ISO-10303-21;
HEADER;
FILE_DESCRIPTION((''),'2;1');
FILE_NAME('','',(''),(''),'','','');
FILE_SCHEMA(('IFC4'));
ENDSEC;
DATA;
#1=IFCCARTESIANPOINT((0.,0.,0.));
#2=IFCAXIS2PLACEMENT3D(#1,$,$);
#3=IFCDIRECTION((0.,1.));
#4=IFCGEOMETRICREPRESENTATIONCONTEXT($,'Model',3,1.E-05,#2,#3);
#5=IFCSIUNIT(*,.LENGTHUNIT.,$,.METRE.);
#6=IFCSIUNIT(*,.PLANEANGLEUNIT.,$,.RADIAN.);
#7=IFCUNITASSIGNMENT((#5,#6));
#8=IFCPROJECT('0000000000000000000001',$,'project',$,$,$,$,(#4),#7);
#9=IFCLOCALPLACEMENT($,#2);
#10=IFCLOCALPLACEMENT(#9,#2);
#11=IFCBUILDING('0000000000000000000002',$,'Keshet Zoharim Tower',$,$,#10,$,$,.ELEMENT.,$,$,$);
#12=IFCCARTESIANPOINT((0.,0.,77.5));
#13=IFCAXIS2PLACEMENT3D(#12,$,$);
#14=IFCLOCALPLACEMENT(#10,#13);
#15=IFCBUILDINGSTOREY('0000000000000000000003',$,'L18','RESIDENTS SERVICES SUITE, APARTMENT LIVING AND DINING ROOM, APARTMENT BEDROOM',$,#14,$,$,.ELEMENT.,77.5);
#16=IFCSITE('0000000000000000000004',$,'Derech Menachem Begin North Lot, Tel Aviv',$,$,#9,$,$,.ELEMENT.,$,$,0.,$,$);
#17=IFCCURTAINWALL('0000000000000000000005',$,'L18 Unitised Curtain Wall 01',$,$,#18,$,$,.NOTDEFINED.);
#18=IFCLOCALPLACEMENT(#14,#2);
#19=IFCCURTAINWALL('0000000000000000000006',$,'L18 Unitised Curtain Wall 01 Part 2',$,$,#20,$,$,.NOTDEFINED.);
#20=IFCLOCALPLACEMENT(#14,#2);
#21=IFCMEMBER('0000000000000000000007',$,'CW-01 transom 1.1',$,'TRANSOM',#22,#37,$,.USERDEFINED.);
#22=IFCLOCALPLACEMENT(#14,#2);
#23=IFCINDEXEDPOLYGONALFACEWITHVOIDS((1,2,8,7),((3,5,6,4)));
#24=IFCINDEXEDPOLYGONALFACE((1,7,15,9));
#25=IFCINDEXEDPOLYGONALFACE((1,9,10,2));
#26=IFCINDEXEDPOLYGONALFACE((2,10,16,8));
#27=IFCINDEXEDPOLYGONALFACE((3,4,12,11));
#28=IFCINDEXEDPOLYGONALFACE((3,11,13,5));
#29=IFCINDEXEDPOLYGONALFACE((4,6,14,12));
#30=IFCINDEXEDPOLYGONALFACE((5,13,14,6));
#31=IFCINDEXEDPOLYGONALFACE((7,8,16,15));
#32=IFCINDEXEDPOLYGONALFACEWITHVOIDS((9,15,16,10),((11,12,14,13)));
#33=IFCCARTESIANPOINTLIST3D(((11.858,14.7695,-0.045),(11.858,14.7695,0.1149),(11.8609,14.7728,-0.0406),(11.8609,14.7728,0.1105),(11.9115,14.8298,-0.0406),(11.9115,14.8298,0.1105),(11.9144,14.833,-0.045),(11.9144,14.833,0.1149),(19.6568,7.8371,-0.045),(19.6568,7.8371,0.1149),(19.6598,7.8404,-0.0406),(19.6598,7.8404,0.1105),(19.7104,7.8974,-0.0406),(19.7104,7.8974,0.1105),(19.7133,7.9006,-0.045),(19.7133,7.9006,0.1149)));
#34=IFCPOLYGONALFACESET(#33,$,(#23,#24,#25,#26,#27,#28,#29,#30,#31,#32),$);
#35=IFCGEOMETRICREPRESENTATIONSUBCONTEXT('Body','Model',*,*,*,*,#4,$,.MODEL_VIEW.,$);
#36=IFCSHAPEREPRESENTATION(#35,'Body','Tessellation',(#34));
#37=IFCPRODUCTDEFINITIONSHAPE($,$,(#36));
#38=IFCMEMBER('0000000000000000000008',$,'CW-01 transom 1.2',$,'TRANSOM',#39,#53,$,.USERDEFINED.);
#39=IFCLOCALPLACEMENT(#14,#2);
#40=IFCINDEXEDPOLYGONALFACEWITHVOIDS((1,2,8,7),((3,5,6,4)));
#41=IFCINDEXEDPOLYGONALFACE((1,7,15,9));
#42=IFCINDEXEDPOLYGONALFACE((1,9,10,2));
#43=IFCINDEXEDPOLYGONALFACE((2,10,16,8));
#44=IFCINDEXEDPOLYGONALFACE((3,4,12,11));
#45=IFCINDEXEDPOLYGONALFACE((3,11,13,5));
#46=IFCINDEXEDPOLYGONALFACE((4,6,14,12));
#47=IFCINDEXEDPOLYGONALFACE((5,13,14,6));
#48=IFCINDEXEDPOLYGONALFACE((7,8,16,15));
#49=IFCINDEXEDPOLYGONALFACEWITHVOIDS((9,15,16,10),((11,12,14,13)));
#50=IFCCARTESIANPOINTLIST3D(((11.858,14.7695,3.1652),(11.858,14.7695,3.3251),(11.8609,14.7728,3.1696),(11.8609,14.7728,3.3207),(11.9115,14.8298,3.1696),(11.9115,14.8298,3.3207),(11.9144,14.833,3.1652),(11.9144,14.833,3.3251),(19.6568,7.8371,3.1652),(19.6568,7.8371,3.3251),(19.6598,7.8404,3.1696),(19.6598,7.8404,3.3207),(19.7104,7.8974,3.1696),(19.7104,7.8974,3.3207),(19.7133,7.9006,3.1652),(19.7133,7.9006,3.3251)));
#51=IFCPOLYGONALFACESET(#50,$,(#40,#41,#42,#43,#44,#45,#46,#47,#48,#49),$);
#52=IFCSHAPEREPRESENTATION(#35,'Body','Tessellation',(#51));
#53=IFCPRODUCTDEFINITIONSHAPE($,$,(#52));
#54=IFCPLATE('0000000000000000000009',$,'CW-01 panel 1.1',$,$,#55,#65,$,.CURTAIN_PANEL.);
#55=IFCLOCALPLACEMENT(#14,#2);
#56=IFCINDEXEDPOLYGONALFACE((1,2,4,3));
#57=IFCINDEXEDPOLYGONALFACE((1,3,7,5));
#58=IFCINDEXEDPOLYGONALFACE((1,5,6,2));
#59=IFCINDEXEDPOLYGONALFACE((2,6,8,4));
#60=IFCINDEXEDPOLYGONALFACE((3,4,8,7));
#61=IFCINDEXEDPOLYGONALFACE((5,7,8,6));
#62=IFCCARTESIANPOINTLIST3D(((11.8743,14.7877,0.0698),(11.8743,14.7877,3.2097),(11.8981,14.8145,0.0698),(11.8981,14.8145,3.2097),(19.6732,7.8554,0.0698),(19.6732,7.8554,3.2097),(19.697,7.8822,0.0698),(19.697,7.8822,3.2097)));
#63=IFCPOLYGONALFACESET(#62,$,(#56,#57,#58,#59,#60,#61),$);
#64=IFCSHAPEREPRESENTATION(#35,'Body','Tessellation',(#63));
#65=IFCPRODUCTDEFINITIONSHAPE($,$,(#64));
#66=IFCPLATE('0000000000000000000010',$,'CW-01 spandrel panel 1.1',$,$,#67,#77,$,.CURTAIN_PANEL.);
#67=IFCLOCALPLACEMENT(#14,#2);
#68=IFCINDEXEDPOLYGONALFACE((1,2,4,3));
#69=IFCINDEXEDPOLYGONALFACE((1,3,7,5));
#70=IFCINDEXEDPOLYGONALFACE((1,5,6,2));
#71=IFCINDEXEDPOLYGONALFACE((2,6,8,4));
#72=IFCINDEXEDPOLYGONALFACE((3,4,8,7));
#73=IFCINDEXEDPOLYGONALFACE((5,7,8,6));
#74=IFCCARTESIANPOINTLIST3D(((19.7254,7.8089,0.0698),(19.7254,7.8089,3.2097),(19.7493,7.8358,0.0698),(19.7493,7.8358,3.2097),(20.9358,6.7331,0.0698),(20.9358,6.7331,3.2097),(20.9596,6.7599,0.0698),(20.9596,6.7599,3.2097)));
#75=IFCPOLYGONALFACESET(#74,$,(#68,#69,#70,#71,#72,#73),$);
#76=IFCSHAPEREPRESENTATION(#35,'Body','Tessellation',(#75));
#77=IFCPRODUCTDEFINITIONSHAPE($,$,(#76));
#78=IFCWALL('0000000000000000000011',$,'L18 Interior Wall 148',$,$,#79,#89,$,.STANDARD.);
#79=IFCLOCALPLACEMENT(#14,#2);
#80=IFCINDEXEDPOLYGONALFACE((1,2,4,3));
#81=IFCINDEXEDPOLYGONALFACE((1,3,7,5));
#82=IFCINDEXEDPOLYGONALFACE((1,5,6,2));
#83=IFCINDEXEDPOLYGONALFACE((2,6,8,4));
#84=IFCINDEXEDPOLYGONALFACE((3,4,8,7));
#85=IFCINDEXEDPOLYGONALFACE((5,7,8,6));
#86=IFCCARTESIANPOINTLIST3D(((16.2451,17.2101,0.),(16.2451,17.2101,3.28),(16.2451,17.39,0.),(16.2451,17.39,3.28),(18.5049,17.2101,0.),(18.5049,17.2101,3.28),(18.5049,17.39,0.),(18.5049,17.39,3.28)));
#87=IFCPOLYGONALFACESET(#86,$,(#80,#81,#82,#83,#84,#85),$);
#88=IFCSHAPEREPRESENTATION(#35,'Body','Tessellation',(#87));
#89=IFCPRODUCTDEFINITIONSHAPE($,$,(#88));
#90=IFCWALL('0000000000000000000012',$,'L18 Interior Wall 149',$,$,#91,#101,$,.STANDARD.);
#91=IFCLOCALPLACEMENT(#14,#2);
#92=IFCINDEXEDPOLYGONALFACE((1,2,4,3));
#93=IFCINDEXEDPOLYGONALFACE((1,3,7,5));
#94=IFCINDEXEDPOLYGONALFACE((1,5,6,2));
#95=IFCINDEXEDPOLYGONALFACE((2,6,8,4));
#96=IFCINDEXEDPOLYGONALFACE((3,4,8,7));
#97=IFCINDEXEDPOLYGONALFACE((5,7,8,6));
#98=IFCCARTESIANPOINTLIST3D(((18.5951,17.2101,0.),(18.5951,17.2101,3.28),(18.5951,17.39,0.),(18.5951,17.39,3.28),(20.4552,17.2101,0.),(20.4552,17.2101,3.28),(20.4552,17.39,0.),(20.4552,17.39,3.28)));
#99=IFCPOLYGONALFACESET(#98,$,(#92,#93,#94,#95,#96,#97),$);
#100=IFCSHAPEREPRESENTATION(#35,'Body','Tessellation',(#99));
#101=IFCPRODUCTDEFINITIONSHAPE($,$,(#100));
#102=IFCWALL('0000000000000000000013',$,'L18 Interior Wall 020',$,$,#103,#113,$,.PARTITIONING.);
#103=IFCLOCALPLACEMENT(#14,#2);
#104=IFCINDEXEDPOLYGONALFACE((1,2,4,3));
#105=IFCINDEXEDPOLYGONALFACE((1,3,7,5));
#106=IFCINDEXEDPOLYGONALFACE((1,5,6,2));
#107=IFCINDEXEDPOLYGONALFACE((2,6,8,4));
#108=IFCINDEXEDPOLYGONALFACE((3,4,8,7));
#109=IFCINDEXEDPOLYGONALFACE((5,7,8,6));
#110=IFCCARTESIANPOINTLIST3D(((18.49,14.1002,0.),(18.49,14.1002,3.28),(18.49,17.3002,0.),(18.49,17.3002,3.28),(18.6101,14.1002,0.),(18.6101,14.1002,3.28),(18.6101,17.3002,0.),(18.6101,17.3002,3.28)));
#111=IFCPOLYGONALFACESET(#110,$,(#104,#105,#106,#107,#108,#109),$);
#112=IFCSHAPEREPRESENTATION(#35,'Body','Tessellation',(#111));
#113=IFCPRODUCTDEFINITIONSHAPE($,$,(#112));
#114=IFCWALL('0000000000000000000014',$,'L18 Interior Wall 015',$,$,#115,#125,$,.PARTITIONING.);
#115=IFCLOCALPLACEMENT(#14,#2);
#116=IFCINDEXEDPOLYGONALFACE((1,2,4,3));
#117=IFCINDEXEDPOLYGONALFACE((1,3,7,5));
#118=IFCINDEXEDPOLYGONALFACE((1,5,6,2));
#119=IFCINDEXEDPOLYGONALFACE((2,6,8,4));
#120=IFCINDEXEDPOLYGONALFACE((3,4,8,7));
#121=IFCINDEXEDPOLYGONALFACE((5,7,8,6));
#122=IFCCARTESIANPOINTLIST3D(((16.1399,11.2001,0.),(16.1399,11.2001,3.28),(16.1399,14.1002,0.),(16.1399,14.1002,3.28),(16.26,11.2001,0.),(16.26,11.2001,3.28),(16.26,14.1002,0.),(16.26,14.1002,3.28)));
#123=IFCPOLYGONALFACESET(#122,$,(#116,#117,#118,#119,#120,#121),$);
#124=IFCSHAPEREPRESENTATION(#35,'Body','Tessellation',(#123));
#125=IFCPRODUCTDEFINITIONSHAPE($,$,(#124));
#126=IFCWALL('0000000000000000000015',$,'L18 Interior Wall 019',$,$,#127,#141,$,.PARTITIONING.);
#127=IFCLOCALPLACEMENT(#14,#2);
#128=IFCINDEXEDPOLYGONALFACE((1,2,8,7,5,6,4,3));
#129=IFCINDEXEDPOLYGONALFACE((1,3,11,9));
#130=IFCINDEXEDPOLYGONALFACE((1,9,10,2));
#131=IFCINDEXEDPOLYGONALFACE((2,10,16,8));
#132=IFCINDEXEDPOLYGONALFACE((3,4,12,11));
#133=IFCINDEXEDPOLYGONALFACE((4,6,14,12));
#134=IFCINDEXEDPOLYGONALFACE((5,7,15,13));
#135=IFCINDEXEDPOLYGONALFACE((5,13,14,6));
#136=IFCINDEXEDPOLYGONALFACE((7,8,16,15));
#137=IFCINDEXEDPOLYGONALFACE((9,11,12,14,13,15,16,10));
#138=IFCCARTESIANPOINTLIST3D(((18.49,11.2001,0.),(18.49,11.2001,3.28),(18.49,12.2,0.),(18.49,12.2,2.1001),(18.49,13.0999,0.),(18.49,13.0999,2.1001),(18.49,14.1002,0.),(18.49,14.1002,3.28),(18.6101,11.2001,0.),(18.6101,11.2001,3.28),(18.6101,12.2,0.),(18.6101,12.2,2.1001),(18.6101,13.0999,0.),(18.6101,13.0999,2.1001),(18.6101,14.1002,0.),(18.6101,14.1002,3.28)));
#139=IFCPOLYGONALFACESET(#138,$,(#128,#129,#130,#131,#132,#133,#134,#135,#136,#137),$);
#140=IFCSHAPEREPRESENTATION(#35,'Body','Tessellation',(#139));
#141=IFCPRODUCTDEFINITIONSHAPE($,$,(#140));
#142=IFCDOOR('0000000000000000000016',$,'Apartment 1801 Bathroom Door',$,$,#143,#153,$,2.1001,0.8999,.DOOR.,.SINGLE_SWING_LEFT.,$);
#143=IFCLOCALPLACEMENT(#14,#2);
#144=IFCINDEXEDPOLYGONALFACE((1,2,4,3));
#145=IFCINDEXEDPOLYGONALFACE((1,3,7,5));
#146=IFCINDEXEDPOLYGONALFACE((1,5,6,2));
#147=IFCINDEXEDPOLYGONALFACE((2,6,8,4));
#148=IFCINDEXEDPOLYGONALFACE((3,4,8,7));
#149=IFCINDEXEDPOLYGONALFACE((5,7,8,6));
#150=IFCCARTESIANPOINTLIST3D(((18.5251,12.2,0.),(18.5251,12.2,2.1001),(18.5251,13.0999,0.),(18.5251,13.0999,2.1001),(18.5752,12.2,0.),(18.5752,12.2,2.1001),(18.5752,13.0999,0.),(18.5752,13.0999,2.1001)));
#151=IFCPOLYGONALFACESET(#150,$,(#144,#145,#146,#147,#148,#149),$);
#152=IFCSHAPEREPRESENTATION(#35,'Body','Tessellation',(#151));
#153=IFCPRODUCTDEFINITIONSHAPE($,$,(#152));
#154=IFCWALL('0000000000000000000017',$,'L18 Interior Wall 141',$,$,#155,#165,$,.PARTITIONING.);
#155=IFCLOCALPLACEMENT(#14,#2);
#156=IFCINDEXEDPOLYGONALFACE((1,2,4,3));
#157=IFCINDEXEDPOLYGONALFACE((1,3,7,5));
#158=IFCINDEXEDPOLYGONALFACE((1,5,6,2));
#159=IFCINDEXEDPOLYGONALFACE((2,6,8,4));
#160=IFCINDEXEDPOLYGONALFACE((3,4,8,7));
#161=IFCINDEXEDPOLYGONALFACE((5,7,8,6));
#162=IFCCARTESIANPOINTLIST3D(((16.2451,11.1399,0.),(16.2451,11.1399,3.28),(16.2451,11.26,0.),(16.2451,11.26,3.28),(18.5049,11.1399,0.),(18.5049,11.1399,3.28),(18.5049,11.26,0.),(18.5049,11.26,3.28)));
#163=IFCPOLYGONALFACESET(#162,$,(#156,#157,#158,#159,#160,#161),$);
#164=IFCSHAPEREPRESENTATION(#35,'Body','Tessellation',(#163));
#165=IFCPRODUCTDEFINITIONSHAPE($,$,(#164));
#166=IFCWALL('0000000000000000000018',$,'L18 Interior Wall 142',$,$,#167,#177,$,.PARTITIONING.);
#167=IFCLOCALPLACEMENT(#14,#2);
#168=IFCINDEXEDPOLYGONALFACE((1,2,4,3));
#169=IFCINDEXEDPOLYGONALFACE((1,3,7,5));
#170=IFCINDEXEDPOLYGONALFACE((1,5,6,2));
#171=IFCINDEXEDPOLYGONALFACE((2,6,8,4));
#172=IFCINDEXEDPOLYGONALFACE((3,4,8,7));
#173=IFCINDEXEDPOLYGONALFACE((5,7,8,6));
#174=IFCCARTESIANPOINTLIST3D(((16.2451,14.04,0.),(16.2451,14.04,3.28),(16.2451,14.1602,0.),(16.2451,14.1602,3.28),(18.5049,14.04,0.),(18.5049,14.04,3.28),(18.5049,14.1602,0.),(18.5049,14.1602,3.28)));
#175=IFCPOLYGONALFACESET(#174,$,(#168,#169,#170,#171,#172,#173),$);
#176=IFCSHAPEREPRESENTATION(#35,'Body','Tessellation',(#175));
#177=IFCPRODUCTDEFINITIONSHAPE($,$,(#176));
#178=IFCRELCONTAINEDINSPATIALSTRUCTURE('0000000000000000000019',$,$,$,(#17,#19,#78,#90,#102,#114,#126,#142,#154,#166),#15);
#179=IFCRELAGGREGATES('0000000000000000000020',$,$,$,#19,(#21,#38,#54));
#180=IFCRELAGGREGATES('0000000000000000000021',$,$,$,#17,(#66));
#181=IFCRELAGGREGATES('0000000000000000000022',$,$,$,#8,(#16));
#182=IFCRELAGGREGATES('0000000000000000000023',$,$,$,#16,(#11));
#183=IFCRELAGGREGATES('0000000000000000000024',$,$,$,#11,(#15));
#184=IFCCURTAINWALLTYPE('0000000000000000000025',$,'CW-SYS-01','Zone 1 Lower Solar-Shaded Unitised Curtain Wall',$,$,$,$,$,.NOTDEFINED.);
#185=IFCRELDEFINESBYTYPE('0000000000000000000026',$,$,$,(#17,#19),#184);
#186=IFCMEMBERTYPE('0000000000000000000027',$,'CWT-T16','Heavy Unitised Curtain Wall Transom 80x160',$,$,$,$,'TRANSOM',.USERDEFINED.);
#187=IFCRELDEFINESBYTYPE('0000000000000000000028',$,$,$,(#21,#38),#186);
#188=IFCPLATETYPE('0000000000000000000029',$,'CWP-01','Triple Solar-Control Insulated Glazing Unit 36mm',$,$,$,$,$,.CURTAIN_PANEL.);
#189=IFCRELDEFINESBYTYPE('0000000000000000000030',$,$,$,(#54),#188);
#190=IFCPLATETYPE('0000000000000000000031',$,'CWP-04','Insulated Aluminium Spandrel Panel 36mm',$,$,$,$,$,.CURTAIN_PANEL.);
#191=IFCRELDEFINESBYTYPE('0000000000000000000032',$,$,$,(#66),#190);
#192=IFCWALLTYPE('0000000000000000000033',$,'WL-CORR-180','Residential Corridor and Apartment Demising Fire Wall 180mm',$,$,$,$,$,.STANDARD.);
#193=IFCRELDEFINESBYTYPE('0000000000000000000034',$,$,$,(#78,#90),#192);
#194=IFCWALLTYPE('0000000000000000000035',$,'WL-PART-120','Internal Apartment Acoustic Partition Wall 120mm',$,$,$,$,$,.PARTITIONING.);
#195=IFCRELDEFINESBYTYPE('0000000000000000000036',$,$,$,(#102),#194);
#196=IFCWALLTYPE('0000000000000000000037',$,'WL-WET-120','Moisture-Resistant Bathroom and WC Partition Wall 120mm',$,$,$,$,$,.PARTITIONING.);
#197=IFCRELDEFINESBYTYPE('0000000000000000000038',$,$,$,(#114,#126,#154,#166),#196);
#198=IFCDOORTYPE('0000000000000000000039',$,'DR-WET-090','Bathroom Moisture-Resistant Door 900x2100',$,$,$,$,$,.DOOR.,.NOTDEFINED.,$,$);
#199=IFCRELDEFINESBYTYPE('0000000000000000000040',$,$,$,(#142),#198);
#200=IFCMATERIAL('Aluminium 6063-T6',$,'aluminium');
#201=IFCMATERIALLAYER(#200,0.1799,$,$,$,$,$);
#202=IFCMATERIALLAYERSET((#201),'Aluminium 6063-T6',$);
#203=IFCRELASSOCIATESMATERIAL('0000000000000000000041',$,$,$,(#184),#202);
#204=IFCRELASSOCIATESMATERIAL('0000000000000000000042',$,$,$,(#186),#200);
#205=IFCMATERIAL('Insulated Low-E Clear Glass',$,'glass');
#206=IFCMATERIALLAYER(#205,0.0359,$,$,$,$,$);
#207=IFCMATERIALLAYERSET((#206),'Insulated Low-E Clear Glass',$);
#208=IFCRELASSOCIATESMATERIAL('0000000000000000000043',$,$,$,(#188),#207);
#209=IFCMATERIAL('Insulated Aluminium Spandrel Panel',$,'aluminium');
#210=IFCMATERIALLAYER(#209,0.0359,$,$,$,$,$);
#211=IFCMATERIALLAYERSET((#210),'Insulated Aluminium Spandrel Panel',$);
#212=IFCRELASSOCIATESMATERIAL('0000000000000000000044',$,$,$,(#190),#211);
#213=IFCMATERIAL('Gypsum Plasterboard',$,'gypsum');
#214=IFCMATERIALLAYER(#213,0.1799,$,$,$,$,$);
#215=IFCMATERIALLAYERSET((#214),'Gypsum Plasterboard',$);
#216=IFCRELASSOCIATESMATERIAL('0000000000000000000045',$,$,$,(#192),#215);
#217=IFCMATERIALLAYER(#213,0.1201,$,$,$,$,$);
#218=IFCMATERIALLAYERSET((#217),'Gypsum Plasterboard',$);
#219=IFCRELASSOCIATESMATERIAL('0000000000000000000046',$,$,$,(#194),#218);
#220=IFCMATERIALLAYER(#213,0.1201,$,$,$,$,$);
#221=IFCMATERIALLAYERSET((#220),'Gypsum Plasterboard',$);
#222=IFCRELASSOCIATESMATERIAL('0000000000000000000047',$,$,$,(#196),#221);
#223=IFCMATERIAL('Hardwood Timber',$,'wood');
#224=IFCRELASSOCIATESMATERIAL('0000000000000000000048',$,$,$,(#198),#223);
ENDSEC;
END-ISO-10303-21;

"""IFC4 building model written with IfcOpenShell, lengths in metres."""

from ifc_helpers import new_model, si_unit, direction, frame, frame_2d, origin, origin_2d, place, context, subcontext, project, spatial, rectangle, hollow_rectangle, extrude, material, layer, layer_set, material_profile, profile_set, type_object, element, fill, aggregate, save


model = new_model("IFC4")

# Units and contexts
model_context = context("Model", 3, precision=1e-05, world=origin(), true_north=direction((0.0, 1.0)))
body_context = subcontext(model_context, "Body", "Model", "MODEL_VIEW")
ifc_project = project(units=[si_unit("LENGTHUNIT", "METRE"), si_unit("PLANEANGLEUNIT", "RADIAN")], contexts=[model_context])

# Site, building, storey
site_placement = place(None, origin())
site = spatial("IfcSite", under=ifc_project, at=site_placement, Name="Derech Menachem Begin North Lot, Tel Aviv", CompositionType="ELEMENT", RefElevation=0.0)
building_placement = place(site_placement, origin())
building = spatial("IfcBuilding", under=site, at=building_placement, Name="Keshet Zoharim Tower", CompositionType="ELEMENT")
storey_placement = place(building_placement, frame((0.0, 0.0, 77.5)))
storey = spatial("IfcBuildingStorey", under=building, at=storey_placement, Name="L18", Description="RESIDENTS SERVICES SUITE, APARTMENT LIVING AND DINING ROOM, APARTMENT BEDROOM", CompositionType="ELEMENT", Elevation=77.5)

# Curtain wall
ifc_material_1 = material(Name="Aluminium 6063-T6", Category="aluminium")
ifc_layer_1 = layer(ifc_material_1, 0.1799)
ifc_layer_set_1 = layer_set([ifc_layer_1], Name="Aluminium 6063-T6")
curtain_wall_type = type_object("IfcCurtainWallType", Name="CW-SYS-01", Description="Zone 1 Lower Solar-Shaded Unitised Curtain Wall", PredefinedType="NOTDEFINED", material=ifc_layer_set_1)
curtain_wall_1_placement = place(storey_placement, origin())
curtain_wall_1 = element("IfcCurtainWall", 1, at=curtain_wall_1_placement, inside=storey, type_object=curtain_wall_type, Name="L18 Unitised Curtain Wall 01", PredefinedType="NOTDEFINED")

# Curtain wall, members, plate
curtain_wall_2_placement = place(storey_placement, origin())
curtain_wall_2 = element("IfcCurtainWall", 2, at=curtain_wall_2_placement, inside=storey, type_object=curtain_wall_type, Name="L18 Unitised Curtain Wall 01 Part 2", PredefinedType="NOTDEFINED")
ifc_material_profile_1 = material_profile(ifc_material_1, hollow_rectangle(XDim=0.085, YDim=0.1599, WallThickness=0.0044, at=origin_2d()), Name="TRN-85x160")
ifc_profile_set_1 = profile_set([ifc_material_profile_1], Name="Aluminium 6063-T6")
member_type_1 = type_object("IfcMemberType", Name="CWT-T16", Description="Heavy Unitised Curtain Wall Transom 80x160", ElementType="TRANSOM", PredefinedType="USERDEFINED", material=ifc_profile_set_1)
member_1_placement = place(storey_placement, frame((19.6851, 7.8689, 0.0349), z_axis=(-0.747405, 0.664368, 0.0), x_axis=(-0.664368, -0.747405, 0.0)))
member_1 = element("IfcMember", 3, at=member_1_placement, type_object=member_type_1, Name="CW-01 transom 1.1", ObjectType="TRANSOM", PredefinedType="USERDEFINED", context=body_context, shape_type="SweptSolid", body=[
    extrude(hollow_rectangle(XDim=0.085, YDim=0.1599, WallThickness=0.0044, at=origin_2d()), origin(), (0.0, 0.0, 1.0), 10.4346),
])
member_2_placement = place(storey_placement, frame((19.6851, 7.8689, 3.2451), z_axis=(-0.747405, 0.664368, 0.0), x_axis=(-0.664368, -0.747405, 0.0)))
member_2 = element("IfcMember", 4, at=member_2_placement, type_object=member_type_1, Name="CW-01 transom 1.2", ObjectType="TRANSOM", PredefinedType="USERDEFINED", context=body_context, shape_type="SweptSolid", body=[
    extrude(hollow_rectangle(XDim=0.085, YDim=0.1599, WallThickness=0.0044, at=origin_2d()), origin(), (0.0, 0.0, 1.0), 10.4346),
])
ifc_material_2 = material(Name="Insulated Low-E Clear Glass", Category="glass")
ifc_layer_2 = layer(ifc_material_2, 0.0359)
ifc_layer_set_2 = layer_set([ifc_layer_2], Name="Insulated Low-E Clear Glass")
plate_type_1 = type_object("IfcPlateType", Name="CWP-01", Description="Triple Solar-Control Insulated Glazing Unit 36mm", PredefinedType="CURTAIN_PANEL", material=ifc_layer_set_2)
plate_1_placement = place(storey_placement, frame((15.7856, 11.335, 0.0698), z_axis=(0.0, 0.0, 1.0), x_axis=(-0.74741, 0.664364, 0.0)))
plate_1 = element("IfcPlate", 5, at=plate_1_placement, type_object=plate_type_1, Name="CW-01 panel 1.1", PredefinedType="CURTAIN_PANEL", context=body_context, shape_type="SweptSolid", body=[
    extrude(rectangle(XDim=10.4346, YDim=0.0359, at=origin_2d()), origin(), (0.0, 0.0, 1.0), 3.1399),
])
aggregate(curtain_wall_2, [member_1, member_2, plate_1])

# Plate
ifc_material_3 = material(Name="Insulated Aluminium Spandrel Panel", Category="aluminium")
ifc_layer_3 = layer(ifc_material_3, 0.0359)
ifc_layer_set_3 = layer_set([ifc_layer_3], Name="Insulated Aluminium Spandrel Panel")
plate_type_2 = type_object("IfcPlateType", Name="CWP-04", Description="Insulated Aluminium Spandrel Panel 36mm", PredefinedType="CURTAIN_PANEL", material=ifc_layer_set_3)
plate_2_placement = place(storey_placement, frame((20.3425, 7.2844, 0.0698), z_axis=(0.0, 0.0, 1.0), x_axis=(-0.747406, 0.664367, 0.0)))
plate_2 = element("IfcPlate", 6, at=plate_2_placement, type_object=plate_type_2, Name="CW-01 spandrel panel 1.1", PredefinedType="CURTAIN_PANEL", context=body_context, shape_type="SweptSolid", body=[
    extrude(rectangle(XDim=1.6194, YDim=0.0359, at=origin_2d()), origin(), (0.0, 0.0, 1.0), 3.1399),
])
aggregate(curtain_wall_1, [plate_2])

# Walls
ifc_material_4 = material(Name="Gypsum Plasterboard", Category="gypsum")
ifc_layer_4 = layer(ifc_material_4, 0.1799)
ifc_layer_set_4 = layer_set([ifc_layer_4], Name="Gypsum Plasterboard")
wall_type_1 = type_object("IfcWallType", Name="WL-CORR-180", Description="Residential Corridor and Apartment Demising Fire Wall 180mm", PredefinedType="STANDARD", material=ifc_layer_set_4)
wall_1_placement = place(storey_placement, frame((16.2451, 17.3, 0.0), z_axis=(0.0, 0.0, 1.0), x_axis=(1.0, 0.0, 0.0)))
element("IfcWall", 7, at=wall_1_placement, inside=storey, type_object=wall_type_1, Name="L18 Interior Wall 148", PredefinedType="STANDARD", context=body_context, shape_type="SweptSolid", body=[
    extrude(rectangle(XDim=2.2598, YDim=0.1799, at=frame_2d((1.1299, 0.0))), origin(), (0.0, 0.0, 1.0), 3.28),
])
wall_2_placement = place(storey_placement, frame((18.595, 17.3, 0.0), z_axis=(0.0, 0.0, 1.0), x_axis=(1.0, 0.0, 0.0)))
element("IfcWall", 8, at=wall_2_placement, inside=storey, type_object=wall_type_1, Name="L18 Interior Wall 149", PredefinedType="STANDARD", context=body_context, shape_type="SweptSolid", body=[
    extrude(rectangle(XDim=1.8601, YDim=0.1799, at=frame_2d((0.9302, 0.0))), origin(), (0.0, 0.0, 1.0), 3.28),
])

# Shared definitions
ifc_layer_5 = layer(ifc_material_4, 0.1201)
ifc_layer_set_5 = layer_set([ifc_layer_5], Name="Gypsum Plasterboard")
wall_type_2 = type_object("IfcWallType", Name="WL-PART-120", Description="Internal Apartment Acoustic Partition Wall 120mm", PredefinedType="PARTITIONING", material=ifc_layer_set_5)
ifc_material_5 = material(Name="Hardwood Timber", Category="wood")

# Walls
wall_3_placement = place(storey_placement, frame((18.55, 14.1001, 0.0), z_axis=(0.0, 0.0, 1.0), x_axis=(0.0, 1.0, 0.0)))
element("IfcWall", 9, at=wall_3_placement, inside=storey, type_object=wall_type_2, Name="L18 Interior Wall 020", PredefinedType="PARTITIONING", context=body_context, shape_type="SweptSolid", body=[
    extrude(rectangle(XDim=3.2, YDim=0.1201, at=frame_2d((1.6001, 0.0))), origin(), (0.0, 0.0, 1.0), 3.28),
])
ifc_layer_6 = layer(ifc_material_4, 0.1201)
ifc_layer_set_6 = layer_set([ifc_layer_6], Name="Gypsum Plasterboard")
wall_type_3 = type_object("IfcWallType", Name="WL-WET-120", Description="Moisture-Resistant Bathroom and WC Partition Wall 120mm", PredefinedType="PARTITIONING", material=ifc_layer_set_6)
wall_4_placement = place(storey_placement, frame((16.2, 11.2, 0.0), z_axis=(0.0, 0.0, 1.0), x_axis=(0.0, 1.0, 0.0)))
element("IfcWall", 10, at=wall_4_placement, inside=storey, type_object=wall_type_3, Name="L18 Interior Wall 015", PredefinedType="PARTITIONING", context=body_context, shape_type="SweptSolid", body=[
    extrude(rectangle(XDim=2.9001, YDim=0.1201, at=frame_2d((1.4502, 0.0))), origin(), (0.0, 0.0, 1.0), 3.28),
])

# Wall, opening, door
wall_5_placement = place(storey_placement, frame((18.55, 11.2, 0.0), z_axis=(0.0, 0.0, 1.0), x_axis=(0.0, 1.0, 0.0)))
wall_5 = element("IfcWall", 11, at=wall_5_placement, inside=storey, type_object=wall_type_3, Name="L18 Interior Wall 019", PredefinedType="PARTITIONING", context=body_context, shape_type="SweptSolid", body=[
    extrude(rectangle(XDim=2.9001, YDim=0.1201, at=frame_2d((1.4502, 0.0))), origin(), (0.0, 0.0, 1.0), 3.28),
])
opening_1_placement = place(wall_5_placement, frame((1.0, 0.0, 0.0)))
opening_1 = element("IfcOpeningElement", 12, at=opening_1_placement, cuts=wall_5, PredefinedType="OPENING", context=body_context, shape_type="SweptSolid", body=[
    extrude(rectangle(XDim=0.8999, YDim=2.1001, at=frame_2d((0.45, 1.05))), frame((0.0, 0.0701, 0.0), z_axis=(0.0, -1.0, 0.0), x_axis=(1.0, 0.0, 0.0)), (0.0, 0.0, 1.0), 0.1401),
])
door_type_1 = type_object("IfcDoorType", Name="DR-WET-090", Description="Bathroom Moisture-Resistant Door 900x2100", OperationType="NOTDEFINED", PredefinedType="DOOR", material=ifc_material_5)
door_1_placement = place(opening_1_placement, origin())
door_1 = element("IfcDoor", 13, at=door_1_placement, inside=storey, type_object=door_type_1, Name="Apartment 1801 Bathroom Door", OperationType="SINGLE_SWING_LEFT", OverallHeight=2.1001, OverallWidth=0.8999, PredefinedType="DOOR", context=body_context, shape_type="SweptSolid", body=[
    extrude(rectangle(XDim=0.8999, YDim=2.1001, at=frame_2d((0.45, 1.05))), frame((0.0, 0.0249, 0.0), z_axis=(0.0, -1.0, 0.0), x_axis=(1.0, 0.0, 0.0)), (0.0, 0.0, 1.0), 0.05),
])
fill(opening_1, door_1)

# Walls
for number, where, z_axis, x_axis, name in (
    (14, (16.2451, 11.2, 0.0), (0.0, 0.0, 1.0), (1.0, 0.0, 0.0), "L18 Interior Wall 141"),
    (15, (16.2451, 14.1001, 0.0), (0.0, 0.0, 1.0), (1.0, 0.0, 0.0), "L18 Interior Wall 142"),
):
    element("IfcWall", number, at=place(storey_placement, frame(where, z_axis=z_axis, x_axis=x_axis)), inside=storey, type_object=wall_type_3, Name=name, PredefinedType="PARTITIONING", context=body_context, shape_type="SweptSolid", body=[
        extrude(rectangle(XDim=2.2598, YDim=0.1201, at=frame_2d((1.1299, 0.0))), origin(), (0.0, 0.0, 1.0), 3.28),
    ])

save(model, "model.ifc")
